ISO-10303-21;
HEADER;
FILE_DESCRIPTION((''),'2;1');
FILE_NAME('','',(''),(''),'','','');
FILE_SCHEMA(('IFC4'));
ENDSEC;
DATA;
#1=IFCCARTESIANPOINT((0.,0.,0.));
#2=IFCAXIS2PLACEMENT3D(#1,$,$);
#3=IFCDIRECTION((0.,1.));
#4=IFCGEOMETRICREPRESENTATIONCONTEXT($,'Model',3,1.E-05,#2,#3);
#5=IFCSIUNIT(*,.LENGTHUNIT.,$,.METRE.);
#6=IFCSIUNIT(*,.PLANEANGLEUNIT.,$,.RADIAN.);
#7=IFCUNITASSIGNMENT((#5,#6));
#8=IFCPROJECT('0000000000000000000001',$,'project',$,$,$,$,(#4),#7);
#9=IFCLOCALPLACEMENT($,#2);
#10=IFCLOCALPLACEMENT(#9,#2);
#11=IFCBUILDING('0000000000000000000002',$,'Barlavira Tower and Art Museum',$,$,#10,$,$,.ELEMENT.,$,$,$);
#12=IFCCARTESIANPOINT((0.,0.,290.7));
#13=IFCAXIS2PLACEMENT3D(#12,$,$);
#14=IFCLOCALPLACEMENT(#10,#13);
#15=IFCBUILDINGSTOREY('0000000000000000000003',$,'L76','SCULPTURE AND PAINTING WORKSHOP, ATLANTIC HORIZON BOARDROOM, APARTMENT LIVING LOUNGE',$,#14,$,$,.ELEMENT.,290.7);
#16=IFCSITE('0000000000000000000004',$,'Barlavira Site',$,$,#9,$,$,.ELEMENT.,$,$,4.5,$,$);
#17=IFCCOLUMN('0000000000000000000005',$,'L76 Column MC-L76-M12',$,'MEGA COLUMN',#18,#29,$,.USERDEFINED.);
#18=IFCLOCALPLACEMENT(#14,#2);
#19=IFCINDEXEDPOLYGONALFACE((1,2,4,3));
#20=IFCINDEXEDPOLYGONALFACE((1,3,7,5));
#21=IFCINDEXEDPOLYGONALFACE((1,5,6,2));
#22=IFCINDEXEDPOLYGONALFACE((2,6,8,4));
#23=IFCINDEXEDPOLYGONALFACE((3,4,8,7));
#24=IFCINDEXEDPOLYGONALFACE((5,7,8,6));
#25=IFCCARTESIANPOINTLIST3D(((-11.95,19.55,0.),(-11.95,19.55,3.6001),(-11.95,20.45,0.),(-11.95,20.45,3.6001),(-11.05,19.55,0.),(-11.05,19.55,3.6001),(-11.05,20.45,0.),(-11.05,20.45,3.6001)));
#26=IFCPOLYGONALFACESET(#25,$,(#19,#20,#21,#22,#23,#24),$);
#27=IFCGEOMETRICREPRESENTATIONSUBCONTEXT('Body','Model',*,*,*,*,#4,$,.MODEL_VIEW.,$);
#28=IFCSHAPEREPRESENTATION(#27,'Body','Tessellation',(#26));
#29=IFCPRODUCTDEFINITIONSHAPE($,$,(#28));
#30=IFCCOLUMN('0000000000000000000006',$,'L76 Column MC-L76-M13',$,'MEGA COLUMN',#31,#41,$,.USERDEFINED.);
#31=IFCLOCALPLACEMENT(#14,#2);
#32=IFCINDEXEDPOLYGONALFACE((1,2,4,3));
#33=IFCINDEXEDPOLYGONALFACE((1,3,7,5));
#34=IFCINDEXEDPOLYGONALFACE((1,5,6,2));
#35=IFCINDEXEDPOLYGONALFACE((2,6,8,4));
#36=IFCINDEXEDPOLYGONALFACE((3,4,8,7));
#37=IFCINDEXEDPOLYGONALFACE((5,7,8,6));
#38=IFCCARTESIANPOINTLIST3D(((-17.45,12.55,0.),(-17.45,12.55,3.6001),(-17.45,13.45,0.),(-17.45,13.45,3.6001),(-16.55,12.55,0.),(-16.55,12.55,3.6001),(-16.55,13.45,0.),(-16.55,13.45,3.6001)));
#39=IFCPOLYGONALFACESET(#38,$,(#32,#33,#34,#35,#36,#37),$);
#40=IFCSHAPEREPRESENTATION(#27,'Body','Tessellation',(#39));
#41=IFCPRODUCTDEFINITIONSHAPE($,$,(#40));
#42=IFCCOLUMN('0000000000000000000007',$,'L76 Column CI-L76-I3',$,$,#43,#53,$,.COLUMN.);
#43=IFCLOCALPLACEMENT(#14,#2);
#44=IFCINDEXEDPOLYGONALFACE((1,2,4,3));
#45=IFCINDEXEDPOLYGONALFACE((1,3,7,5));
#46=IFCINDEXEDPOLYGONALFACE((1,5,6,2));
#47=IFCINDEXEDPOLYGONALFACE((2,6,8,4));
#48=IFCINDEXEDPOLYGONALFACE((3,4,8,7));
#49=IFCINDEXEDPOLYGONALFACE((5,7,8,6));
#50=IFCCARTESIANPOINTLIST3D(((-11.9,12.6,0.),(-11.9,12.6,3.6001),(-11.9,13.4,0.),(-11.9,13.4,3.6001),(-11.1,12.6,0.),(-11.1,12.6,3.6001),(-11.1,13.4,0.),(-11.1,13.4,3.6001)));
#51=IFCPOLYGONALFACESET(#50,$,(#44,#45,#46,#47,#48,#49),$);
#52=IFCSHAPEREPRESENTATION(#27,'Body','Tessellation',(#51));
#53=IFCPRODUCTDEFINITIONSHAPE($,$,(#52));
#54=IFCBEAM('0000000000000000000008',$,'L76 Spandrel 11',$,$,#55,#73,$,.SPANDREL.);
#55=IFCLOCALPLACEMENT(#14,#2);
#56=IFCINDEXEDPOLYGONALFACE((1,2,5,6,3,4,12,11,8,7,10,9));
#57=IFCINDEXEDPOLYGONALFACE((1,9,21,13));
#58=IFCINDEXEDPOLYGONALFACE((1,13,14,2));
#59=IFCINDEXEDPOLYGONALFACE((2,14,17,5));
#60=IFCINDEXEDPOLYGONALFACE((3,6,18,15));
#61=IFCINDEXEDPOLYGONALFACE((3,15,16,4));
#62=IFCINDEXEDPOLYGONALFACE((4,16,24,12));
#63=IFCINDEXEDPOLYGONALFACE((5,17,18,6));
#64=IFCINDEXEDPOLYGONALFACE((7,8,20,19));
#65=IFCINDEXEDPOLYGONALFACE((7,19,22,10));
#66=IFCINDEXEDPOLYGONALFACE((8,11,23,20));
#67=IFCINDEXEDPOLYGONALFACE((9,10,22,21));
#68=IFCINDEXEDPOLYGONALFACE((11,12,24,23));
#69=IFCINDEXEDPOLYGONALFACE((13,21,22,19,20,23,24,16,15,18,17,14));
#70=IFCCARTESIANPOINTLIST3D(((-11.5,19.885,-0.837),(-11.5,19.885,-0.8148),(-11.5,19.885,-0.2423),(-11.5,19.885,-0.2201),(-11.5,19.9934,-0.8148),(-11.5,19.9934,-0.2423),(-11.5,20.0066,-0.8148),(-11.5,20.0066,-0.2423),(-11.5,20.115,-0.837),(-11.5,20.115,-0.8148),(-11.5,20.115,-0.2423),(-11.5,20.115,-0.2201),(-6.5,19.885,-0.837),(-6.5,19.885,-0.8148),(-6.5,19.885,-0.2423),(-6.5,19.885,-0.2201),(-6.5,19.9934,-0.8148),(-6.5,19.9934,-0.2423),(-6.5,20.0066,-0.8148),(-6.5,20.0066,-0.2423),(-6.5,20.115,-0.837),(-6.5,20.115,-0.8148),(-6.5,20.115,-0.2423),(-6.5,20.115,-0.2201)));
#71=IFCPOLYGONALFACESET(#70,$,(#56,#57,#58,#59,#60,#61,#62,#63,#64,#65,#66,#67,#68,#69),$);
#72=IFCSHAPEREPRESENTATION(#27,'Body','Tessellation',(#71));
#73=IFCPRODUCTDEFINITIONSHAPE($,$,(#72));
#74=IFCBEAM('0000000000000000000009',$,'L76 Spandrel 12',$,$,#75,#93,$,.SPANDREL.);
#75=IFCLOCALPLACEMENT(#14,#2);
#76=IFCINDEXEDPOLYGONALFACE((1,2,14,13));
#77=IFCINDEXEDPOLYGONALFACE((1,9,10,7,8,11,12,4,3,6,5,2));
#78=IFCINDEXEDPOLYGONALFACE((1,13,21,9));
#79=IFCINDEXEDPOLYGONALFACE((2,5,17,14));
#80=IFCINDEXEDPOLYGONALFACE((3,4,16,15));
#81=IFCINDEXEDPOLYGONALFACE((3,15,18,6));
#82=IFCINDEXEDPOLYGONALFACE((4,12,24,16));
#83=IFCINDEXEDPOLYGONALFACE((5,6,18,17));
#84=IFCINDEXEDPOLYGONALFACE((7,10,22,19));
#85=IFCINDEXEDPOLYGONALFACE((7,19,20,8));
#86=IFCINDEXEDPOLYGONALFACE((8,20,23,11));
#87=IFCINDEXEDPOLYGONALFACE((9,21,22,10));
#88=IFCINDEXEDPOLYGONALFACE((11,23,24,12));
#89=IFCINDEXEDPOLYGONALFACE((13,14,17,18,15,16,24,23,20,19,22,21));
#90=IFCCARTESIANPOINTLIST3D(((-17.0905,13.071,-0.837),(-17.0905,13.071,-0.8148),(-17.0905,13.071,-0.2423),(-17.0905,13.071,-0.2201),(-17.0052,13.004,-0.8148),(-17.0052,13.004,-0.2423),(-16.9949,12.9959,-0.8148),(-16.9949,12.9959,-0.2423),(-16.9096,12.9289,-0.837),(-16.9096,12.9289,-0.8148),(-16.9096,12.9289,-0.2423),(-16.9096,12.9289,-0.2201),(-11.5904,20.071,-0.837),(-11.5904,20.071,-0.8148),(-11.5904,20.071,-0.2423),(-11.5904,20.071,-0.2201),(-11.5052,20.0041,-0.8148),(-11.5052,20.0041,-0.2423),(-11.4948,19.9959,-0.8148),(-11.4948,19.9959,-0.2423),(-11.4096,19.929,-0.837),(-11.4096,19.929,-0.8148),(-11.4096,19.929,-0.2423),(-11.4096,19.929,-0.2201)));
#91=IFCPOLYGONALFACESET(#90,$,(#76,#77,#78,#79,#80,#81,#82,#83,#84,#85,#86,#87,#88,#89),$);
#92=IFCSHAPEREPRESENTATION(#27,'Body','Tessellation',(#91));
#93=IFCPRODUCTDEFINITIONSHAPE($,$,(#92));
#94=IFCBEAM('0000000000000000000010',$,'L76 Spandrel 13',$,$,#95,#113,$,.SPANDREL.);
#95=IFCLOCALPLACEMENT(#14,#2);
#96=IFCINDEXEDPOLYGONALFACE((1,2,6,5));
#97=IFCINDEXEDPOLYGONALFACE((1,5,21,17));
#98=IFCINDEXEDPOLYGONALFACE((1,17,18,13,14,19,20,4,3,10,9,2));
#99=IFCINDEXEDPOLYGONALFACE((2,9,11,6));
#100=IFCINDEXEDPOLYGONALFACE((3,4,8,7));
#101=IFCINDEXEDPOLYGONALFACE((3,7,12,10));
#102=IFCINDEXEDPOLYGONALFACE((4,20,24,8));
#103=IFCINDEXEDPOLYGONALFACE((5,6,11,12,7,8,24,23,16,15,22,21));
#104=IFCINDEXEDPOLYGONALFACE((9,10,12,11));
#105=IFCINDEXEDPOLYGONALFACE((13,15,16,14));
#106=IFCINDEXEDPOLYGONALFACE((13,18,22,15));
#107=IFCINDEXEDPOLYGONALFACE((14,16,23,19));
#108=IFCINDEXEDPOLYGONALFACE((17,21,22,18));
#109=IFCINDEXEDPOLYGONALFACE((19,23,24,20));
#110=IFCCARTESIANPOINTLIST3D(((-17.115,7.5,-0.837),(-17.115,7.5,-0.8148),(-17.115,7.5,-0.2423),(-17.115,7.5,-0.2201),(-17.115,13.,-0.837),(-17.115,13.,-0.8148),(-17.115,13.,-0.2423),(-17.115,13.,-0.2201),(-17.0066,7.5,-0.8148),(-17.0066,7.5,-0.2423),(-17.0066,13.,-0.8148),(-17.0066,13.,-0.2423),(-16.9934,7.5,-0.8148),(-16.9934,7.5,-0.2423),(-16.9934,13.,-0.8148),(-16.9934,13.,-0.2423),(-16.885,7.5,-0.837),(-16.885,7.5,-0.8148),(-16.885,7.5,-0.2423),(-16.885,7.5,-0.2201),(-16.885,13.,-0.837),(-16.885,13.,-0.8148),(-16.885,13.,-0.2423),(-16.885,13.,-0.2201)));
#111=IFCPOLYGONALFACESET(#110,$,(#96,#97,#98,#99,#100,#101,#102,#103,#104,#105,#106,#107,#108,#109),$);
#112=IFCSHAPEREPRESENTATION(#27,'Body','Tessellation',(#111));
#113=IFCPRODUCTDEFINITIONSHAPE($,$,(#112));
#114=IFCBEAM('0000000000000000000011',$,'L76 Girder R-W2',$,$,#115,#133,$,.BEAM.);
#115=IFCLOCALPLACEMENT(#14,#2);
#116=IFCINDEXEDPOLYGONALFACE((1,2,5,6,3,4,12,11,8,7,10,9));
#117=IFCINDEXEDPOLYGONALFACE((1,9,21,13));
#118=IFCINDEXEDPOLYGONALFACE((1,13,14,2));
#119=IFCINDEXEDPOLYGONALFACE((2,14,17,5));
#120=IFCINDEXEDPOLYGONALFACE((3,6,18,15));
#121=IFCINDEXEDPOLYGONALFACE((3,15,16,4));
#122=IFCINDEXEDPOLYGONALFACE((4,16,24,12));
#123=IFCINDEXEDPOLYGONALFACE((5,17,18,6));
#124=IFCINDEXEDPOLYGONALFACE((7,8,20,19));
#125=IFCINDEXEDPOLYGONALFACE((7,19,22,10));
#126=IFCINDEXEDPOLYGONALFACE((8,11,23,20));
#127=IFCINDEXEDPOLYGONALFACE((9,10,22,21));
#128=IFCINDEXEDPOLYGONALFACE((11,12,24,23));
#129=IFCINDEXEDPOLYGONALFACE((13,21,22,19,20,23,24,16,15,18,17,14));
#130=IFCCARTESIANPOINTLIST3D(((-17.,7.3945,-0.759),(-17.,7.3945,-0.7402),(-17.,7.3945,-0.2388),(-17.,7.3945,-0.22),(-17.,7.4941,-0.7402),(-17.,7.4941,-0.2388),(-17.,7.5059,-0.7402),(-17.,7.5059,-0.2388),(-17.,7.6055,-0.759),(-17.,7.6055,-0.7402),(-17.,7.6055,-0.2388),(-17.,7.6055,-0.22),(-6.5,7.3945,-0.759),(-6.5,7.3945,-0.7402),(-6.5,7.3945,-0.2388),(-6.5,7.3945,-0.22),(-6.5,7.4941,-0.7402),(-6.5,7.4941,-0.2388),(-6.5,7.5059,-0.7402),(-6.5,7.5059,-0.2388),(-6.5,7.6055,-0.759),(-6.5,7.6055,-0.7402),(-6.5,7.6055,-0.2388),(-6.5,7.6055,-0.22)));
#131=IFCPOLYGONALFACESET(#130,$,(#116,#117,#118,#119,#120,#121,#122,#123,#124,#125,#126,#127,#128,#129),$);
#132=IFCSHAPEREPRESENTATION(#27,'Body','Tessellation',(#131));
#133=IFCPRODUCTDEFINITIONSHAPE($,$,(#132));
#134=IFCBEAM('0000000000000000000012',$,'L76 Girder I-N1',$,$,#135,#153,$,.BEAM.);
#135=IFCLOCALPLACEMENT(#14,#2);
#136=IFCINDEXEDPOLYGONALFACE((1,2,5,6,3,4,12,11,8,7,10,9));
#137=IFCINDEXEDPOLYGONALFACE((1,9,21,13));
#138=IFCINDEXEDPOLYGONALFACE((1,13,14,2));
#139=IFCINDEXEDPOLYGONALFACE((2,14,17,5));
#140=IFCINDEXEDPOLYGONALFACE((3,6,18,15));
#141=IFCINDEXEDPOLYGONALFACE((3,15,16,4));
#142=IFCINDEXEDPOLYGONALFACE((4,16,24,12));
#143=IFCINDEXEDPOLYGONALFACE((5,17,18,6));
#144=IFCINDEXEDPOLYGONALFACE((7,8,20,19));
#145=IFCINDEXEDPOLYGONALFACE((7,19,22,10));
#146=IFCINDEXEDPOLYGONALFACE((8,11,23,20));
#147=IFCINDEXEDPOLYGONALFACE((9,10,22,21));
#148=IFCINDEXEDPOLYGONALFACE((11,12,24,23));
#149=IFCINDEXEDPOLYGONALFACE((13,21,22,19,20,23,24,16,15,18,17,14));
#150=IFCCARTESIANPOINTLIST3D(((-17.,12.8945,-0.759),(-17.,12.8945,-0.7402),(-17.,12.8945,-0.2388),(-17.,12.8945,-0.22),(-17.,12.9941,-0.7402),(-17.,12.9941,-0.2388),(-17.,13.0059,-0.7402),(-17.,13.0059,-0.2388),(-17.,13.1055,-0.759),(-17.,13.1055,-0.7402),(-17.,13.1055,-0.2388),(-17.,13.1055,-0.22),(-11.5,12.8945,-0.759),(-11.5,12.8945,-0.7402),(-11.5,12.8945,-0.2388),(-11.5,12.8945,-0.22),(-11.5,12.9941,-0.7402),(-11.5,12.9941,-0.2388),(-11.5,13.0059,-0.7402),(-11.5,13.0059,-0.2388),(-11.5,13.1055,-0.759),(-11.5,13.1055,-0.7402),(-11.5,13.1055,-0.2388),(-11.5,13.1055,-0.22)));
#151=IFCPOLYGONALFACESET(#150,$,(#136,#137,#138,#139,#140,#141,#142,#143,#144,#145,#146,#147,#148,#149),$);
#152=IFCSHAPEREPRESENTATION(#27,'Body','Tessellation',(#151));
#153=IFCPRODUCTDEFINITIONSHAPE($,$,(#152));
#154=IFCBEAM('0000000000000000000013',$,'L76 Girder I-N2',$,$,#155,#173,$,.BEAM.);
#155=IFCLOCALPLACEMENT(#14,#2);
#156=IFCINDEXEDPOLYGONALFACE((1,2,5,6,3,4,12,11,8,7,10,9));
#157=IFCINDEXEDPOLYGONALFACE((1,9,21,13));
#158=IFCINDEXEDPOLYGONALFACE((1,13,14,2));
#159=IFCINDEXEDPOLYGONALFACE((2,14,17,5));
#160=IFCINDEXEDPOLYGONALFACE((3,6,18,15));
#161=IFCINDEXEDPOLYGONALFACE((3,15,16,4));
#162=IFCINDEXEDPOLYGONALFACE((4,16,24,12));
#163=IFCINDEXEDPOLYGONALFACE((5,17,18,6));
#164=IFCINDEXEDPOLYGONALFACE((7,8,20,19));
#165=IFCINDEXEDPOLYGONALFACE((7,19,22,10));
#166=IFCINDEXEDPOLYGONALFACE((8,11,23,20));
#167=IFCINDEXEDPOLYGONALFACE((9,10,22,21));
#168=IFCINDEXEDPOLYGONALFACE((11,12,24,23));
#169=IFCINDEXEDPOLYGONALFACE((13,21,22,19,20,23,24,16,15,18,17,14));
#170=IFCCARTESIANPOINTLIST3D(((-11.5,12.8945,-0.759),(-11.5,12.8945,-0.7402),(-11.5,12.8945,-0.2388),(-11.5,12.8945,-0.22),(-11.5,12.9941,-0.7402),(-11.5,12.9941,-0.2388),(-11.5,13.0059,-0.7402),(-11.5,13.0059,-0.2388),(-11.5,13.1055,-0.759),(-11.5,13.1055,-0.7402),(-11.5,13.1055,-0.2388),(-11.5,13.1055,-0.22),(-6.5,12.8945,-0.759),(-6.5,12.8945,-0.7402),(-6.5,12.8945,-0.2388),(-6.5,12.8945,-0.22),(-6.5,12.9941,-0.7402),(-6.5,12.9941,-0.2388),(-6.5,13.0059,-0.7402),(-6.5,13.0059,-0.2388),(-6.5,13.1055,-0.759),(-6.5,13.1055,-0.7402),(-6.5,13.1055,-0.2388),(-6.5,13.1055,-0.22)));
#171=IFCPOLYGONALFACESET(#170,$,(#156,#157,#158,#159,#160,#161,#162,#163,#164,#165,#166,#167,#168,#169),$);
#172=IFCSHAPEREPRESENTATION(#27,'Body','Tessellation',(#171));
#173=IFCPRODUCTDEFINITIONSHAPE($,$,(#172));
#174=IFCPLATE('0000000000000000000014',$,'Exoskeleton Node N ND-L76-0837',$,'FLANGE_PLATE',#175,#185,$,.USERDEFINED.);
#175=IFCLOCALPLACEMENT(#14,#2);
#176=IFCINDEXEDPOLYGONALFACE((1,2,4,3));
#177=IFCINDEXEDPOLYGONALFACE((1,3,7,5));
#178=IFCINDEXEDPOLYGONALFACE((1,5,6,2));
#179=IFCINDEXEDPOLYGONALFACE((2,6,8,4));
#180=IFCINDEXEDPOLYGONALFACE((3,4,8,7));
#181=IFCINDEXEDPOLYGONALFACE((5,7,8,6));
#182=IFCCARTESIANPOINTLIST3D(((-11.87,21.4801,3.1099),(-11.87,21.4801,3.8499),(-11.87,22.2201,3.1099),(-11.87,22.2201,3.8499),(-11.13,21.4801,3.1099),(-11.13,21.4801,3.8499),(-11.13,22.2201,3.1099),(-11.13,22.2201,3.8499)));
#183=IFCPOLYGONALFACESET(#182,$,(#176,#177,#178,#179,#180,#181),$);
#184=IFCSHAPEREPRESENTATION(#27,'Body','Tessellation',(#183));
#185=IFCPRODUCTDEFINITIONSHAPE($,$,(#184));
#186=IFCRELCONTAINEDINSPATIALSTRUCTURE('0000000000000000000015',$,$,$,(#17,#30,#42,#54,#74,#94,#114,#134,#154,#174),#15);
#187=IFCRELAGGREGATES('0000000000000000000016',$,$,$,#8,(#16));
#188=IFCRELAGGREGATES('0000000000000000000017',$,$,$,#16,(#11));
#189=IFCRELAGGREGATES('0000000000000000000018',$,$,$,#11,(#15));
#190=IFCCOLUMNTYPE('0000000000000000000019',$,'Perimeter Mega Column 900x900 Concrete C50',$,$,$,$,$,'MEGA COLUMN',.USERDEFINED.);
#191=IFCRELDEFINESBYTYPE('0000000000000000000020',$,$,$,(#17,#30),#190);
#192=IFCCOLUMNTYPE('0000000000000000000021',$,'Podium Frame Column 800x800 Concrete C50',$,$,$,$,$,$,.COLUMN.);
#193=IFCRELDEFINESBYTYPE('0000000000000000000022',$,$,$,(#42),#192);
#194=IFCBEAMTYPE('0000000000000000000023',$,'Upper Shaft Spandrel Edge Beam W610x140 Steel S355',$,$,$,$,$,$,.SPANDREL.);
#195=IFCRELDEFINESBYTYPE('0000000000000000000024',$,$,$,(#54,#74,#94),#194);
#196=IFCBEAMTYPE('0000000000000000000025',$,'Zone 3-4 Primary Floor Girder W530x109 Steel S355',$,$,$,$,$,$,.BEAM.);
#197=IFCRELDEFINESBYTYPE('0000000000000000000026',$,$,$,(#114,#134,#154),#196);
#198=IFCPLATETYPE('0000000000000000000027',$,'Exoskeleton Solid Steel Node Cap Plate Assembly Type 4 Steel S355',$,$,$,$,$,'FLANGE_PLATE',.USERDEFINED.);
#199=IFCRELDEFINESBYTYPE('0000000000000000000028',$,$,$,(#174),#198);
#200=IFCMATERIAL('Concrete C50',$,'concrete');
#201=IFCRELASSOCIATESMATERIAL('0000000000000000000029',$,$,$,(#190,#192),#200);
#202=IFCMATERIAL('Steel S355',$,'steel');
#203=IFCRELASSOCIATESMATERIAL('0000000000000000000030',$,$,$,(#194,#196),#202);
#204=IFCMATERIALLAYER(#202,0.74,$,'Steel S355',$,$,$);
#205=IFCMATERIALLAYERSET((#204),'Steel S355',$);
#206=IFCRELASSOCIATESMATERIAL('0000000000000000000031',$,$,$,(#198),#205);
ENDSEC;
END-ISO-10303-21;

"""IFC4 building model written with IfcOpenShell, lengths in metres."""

from ifc_helpers import new_model, si_unit, direction, frame, origin, origin_2d, place, context, subcontext, project, spatial, rectangle, i_section, extrude, material, layer, layer_set, material_profile, profile_set, type_object, element, save


model = new_model("IFC4")

# Units and contexts
model_context = context("Model", 3, precision=1e-05, world=origin(), true_north=direction((0.0, 1.0)))
body_context = subcontext(model_context, "Body", "Model", "MODEL_VIEW")
ifc_project = project(units=[si_unit("LENGTHUNIT", "METRE"), si_unit("PLANEANGLEUNIT", "RADIAN")], contexts=[model_context])

# Site, building, storey
site_placement = place(None, origin())
site = spatial("IfcSite", under=ifc_project, at=site_placement, Name="Barlavira Site", CompositionType="ELEMENT", RefElevation=4.5)
building_placement = place(site_placement, origin())
building = spatial("IfcBuilding", under=site, at=building_placement, Name="Barlavira Tower and Art Museum", CompositionType="ELEMENT")
storey_placement = place(building_placement, frame((0.0, 0.0, 290.7)))
storey = spatial("IfcBuildingStorey", under=building, at=storey_placement, Name="L76", Description="SCULPTURE AND PAINTING WORKSHOP, ATLANTIC HORIZON BOARDROOM, APARTMENT LIVING LOUNGE", CompositionType="ELEMENT", Elevation=290.7)

# Columns
ifc_material_1 = material(Name="Concrete C50", Category="concrete")
ifc_material_profile_1 = material_profile(ifc_material_1, rectangle(XDim=0.8999, YDim=0.8999, at=origin_2d()), Name="RC-COL 900x900")
ifc_profile_set_1 = profile_set([ifc_material_profile_1], Name="Concrete C50")
column_type_1 = type_object("IfcColumnType", Name="Perimeter Mega Column 900x900 Concrete C50", ElementType="MEGA COLUMN", PredefinedType="USERDEFINED", material=ifc_profile_set_1)
for number, where, z_axis, x_axis, name in (
    (1, (-11.5, 20.0, 0.0), (0.0, 0.0, 1.0), (1.0, 0.0, 0.0), "L76 Column MC-L76-M12"),
    (2, (-17.0, 13.0, 0.0), (0.0, 0.0, 1.0), (1.0, 0.0, 0.0), "L76 Column MC-L76-M13"),
):
    element("IfcColumn", number, at=place(storey_placement, frame(where, z_axis=z_axis, x_axis=x_axis)), inside=storey, type_object=column_type_1, Name=name, ObjectType="MEGA COLUMN", PredefinedType="USERDEFINED", context=body_context, shape_type="SweptSolid", body=[
        extrude(rectangle(XDim=0.8999, YDim=0.8999, at=origin_2d()), origin(), (0.0, 0.0, 1.0), 3.6001),
    ])
ifc_material_profile_2 = material_profile(ifc_material_1, rectangle(XDim=0.8, YDim=0.8, at=origin_2d()), Name="RC-COL 800x800")
ifc_profile_set_2 = profile_set([ifc_material_profile_2], Name="Concrete C50")
column_type_2 = type_object("IfcColumnType", Name="Podium Frame Column 800x800 Concrete C50", PredefinedType="COLUMN", material=ifc_profile_set_2)
column_placement = place(storey_placement, frame((-11.5, 13.0, 0.0), z_axis=(0.0, 0.0, 1.0), x_axis=(1.0, 0.0, 0.0)))
element("IfcColumn", 3, at=column_placement, inside=storey, type_object=column_type_2, Name="L76 Column CI-L76-I3", PredefinedType="COLUMN", context=body_context, shape_type="SweptSolid", body=[
    extrude(rectangle(XDim=0.8, YDim=0.8, at=origin_2d()), origin(), (0.0, 0.0, 1.0), 3.6001),
])

# Beams
ifc_material_2 = material(Name="Steel S355", Category="steel")
ifc_material_profile_3 = material_profile(ifc_material_2, i_section(OverallWidth=0.23, OverallDepth=0.6169, WebThickness=0.0132, FlangeThickness=0.0222, at=origin_2d()), Name="W610x140.0")
ifc_profile_set_3 = profile_set([ifc_material_profile_3], Name="Steel S355")
beam_type_1 = type_object("IfcBeamType", Name="Upper Shaft Spandrel Edge Beam W610x140 Steel S355", PredefinedType="SPANDREL", material=ifc_profile_set_3)
beam_1_placement = place(storey_placement, frame((-11.5, 20.0, -0.5286), z_axis=(1.0, 0.0, 0.0), x_axis=(0.0, 1.0, 0.0)))
element("IfcBeam", 4, at=beam_1_placement, inside=storey, type_object=beam_type_1, Name="L76 Spandrel 11", PredefinedType="SPANDREL", context=body_context, shape_type="SweptSolid", body=[
    extrude(i_section(OverallWidth=0.23, OverallDepth=0.6169, WebThickness=0.0132, FlangeThickness=0.0222, at=origin_2d()), origin(), (0.0, 0.0, 1.0), 5.0),
])
beam_2_placement = place(storey_placement, frame((-11.5, 20.0, -0.5286), z_axis=(-0.617822, -0.786318, 0.0), x_axis=(0.786318, -0.617822, 0.0)))
element("IfcBeam", 5, at=beam_2_placement, inside=storey, type_object=beam_type_1, Name="L76 Spandrel 12", PredefinedType="SPANDREL", context=body_context, shape_type="SweptSolid", body=[
    extrude(i_section(OverallWidth=0.23, OverallDepth=0.6169, WebThickness=0.0132, FlangeThickness=0.0222, at=origin_2d()), origin(), (0.0, 0.0, 1.0), 8.9023),
])
beam_3_placement = place(storey_placement, frame((-17.0, 7.5, -0.5286), z_axis=(0.0, 1.0, 0.0), x_axis=(-1.0, 0.0, 0.0)))
element("IfcBeam", 6, at=beam_3_placement, inside=storey, type_object=beam_type_1, Name="L76 Spandrel 13", PredefinedType="SPANDREL", context=body_context, shape_type="SweptSolid", body=[
    extrude(i_section(OverallWidth=0.23, OverallDepth=0.6169, WebThickness=0.0132, FlangeThickness=0.0222, at=origin_2d()), origin(), (0.0, 0.0, 1.0), 5.5),
])
ifc_material_profile_4 = material_profile(ifc_material_2, i_section(OverallWidth=0.2109, OverallDepth=0.5391, WebThickness=0.0117, FlangeThickness=0.0188, at=origin_2d()), Name="W530x109.0")
ifc_profile_set_4 = profile_set([ifc_material_profile_4], Name="Steel S355")
beam_type_2 = type_object("IfcBeamType", Name="Zone 3-4 Primary Floor Girder W530x109 Steel S355", PredefinedType="BEAM", material=ifc_profile_set_4)
beam_4_placement = place(storey_placement, frame((-17.0, 7.5, -0.4895), z_axis=(1.0, 0.0, 0.0), x_axis=(0.0, 1.0, 0.0)))
element("IfcBeam", 7, at=beam_4_placement, inside=storey, type_object=beam_type_2, Name="L76 Girder R-W2", PredefinedType="BEAM", context=body_context, shape_type="SweptSolid", body=[
    extrude(i_section(OverallWidth=0.2109, OverallDepth=0.5391, WebThickness=0.0117, FlangeThickness=0.0188, at=origin_2d()), origin(), (0.0, 0.0, 1.0), 10.5),
])
beam_5_placement = place(storey_placement, frame((-17.0, 13.0, -0.4895), z_axis=(1.0, 0.0, 0.0), x_axis=(0.0, 1.0, 0.0)))
element("IfcBeam", 8, at=beam_5_placement, inside=storey, type_object=beam_type_2, Name="L76 Girder I-N1", PredefinedType="BEAM", context=body_context, shape_type="SweptSolid", body=[
    extrude(i_section(OverallWidth=0.2109, OverallDepth=0.5391, WebThickness=0.0117, FlangeThickness=0.0188, at=origin_2d()), origin(), (0.0, 0.0, 1.0), 5.5),
])
beam_6_placement = place(storey_placement, frame((-11.5, 13.0, -0.4895), z_axis=(1.0, 0.0, 0.0), x_axis=(0.0, 1.0, 0.0)))
element("IfcBeam", 9, at=beam_6_placement, inside=storey, type_object=beam_type_2, Name="L76 Girder I-N2", PredefinedType="BEAM", context=body_context, shape_type="SweptSolid", body=[
    extrude(i_section(OverallWidth=0.2109, OverallDepth=0.5391, WebThickness=0.0117, FlangeThickness=0.0188, at=origin_2d()), origin(), (0.0, 0.0, 1.0), 5.0),
])

# Plate
ifc_layer_1 = layer(ifc_material_2, 0.74, Name="Steel S355")
ifc_layer_set_1 = layer_set([ifc_layer_1], Name="Steel S355")
plate_type = type_object("IfcPlateType", Name="Exoskeleton Solid Steel Node Cap Plate Assembly Type 4 Steel S355", ElementType="FLANGE_PLATE", PredefinedType="USERDEFINED", material=ifc_layer_set_1)
for number, where, z_axis, x_axis, name in (
    (10, (-11.5, 21.8501, 3.1099), (0.0, 0.0, 1.0), (1.0, 0.0, 0.0), "Exoskeleton Node N ND-L76-0837"),
):
    element("IfcPlate", number, at=place(storey_placement, frame(where, z_axis=z_axis, x_axis=x_axis)), inside=storey, type_object=plate_type, Name=name, ObjectType="FLANGE_PLATE", PredefinedType="USERDEFINED", context=body_context, shape_type="SweptSolid", body=[
        extrude(rectangle(XDim=0.74, YDim=0.74, at=origin_2d()), origin(), (0.0, 0.0, 1.0), 0.74),
    ])

save(model, "model.ifc")
